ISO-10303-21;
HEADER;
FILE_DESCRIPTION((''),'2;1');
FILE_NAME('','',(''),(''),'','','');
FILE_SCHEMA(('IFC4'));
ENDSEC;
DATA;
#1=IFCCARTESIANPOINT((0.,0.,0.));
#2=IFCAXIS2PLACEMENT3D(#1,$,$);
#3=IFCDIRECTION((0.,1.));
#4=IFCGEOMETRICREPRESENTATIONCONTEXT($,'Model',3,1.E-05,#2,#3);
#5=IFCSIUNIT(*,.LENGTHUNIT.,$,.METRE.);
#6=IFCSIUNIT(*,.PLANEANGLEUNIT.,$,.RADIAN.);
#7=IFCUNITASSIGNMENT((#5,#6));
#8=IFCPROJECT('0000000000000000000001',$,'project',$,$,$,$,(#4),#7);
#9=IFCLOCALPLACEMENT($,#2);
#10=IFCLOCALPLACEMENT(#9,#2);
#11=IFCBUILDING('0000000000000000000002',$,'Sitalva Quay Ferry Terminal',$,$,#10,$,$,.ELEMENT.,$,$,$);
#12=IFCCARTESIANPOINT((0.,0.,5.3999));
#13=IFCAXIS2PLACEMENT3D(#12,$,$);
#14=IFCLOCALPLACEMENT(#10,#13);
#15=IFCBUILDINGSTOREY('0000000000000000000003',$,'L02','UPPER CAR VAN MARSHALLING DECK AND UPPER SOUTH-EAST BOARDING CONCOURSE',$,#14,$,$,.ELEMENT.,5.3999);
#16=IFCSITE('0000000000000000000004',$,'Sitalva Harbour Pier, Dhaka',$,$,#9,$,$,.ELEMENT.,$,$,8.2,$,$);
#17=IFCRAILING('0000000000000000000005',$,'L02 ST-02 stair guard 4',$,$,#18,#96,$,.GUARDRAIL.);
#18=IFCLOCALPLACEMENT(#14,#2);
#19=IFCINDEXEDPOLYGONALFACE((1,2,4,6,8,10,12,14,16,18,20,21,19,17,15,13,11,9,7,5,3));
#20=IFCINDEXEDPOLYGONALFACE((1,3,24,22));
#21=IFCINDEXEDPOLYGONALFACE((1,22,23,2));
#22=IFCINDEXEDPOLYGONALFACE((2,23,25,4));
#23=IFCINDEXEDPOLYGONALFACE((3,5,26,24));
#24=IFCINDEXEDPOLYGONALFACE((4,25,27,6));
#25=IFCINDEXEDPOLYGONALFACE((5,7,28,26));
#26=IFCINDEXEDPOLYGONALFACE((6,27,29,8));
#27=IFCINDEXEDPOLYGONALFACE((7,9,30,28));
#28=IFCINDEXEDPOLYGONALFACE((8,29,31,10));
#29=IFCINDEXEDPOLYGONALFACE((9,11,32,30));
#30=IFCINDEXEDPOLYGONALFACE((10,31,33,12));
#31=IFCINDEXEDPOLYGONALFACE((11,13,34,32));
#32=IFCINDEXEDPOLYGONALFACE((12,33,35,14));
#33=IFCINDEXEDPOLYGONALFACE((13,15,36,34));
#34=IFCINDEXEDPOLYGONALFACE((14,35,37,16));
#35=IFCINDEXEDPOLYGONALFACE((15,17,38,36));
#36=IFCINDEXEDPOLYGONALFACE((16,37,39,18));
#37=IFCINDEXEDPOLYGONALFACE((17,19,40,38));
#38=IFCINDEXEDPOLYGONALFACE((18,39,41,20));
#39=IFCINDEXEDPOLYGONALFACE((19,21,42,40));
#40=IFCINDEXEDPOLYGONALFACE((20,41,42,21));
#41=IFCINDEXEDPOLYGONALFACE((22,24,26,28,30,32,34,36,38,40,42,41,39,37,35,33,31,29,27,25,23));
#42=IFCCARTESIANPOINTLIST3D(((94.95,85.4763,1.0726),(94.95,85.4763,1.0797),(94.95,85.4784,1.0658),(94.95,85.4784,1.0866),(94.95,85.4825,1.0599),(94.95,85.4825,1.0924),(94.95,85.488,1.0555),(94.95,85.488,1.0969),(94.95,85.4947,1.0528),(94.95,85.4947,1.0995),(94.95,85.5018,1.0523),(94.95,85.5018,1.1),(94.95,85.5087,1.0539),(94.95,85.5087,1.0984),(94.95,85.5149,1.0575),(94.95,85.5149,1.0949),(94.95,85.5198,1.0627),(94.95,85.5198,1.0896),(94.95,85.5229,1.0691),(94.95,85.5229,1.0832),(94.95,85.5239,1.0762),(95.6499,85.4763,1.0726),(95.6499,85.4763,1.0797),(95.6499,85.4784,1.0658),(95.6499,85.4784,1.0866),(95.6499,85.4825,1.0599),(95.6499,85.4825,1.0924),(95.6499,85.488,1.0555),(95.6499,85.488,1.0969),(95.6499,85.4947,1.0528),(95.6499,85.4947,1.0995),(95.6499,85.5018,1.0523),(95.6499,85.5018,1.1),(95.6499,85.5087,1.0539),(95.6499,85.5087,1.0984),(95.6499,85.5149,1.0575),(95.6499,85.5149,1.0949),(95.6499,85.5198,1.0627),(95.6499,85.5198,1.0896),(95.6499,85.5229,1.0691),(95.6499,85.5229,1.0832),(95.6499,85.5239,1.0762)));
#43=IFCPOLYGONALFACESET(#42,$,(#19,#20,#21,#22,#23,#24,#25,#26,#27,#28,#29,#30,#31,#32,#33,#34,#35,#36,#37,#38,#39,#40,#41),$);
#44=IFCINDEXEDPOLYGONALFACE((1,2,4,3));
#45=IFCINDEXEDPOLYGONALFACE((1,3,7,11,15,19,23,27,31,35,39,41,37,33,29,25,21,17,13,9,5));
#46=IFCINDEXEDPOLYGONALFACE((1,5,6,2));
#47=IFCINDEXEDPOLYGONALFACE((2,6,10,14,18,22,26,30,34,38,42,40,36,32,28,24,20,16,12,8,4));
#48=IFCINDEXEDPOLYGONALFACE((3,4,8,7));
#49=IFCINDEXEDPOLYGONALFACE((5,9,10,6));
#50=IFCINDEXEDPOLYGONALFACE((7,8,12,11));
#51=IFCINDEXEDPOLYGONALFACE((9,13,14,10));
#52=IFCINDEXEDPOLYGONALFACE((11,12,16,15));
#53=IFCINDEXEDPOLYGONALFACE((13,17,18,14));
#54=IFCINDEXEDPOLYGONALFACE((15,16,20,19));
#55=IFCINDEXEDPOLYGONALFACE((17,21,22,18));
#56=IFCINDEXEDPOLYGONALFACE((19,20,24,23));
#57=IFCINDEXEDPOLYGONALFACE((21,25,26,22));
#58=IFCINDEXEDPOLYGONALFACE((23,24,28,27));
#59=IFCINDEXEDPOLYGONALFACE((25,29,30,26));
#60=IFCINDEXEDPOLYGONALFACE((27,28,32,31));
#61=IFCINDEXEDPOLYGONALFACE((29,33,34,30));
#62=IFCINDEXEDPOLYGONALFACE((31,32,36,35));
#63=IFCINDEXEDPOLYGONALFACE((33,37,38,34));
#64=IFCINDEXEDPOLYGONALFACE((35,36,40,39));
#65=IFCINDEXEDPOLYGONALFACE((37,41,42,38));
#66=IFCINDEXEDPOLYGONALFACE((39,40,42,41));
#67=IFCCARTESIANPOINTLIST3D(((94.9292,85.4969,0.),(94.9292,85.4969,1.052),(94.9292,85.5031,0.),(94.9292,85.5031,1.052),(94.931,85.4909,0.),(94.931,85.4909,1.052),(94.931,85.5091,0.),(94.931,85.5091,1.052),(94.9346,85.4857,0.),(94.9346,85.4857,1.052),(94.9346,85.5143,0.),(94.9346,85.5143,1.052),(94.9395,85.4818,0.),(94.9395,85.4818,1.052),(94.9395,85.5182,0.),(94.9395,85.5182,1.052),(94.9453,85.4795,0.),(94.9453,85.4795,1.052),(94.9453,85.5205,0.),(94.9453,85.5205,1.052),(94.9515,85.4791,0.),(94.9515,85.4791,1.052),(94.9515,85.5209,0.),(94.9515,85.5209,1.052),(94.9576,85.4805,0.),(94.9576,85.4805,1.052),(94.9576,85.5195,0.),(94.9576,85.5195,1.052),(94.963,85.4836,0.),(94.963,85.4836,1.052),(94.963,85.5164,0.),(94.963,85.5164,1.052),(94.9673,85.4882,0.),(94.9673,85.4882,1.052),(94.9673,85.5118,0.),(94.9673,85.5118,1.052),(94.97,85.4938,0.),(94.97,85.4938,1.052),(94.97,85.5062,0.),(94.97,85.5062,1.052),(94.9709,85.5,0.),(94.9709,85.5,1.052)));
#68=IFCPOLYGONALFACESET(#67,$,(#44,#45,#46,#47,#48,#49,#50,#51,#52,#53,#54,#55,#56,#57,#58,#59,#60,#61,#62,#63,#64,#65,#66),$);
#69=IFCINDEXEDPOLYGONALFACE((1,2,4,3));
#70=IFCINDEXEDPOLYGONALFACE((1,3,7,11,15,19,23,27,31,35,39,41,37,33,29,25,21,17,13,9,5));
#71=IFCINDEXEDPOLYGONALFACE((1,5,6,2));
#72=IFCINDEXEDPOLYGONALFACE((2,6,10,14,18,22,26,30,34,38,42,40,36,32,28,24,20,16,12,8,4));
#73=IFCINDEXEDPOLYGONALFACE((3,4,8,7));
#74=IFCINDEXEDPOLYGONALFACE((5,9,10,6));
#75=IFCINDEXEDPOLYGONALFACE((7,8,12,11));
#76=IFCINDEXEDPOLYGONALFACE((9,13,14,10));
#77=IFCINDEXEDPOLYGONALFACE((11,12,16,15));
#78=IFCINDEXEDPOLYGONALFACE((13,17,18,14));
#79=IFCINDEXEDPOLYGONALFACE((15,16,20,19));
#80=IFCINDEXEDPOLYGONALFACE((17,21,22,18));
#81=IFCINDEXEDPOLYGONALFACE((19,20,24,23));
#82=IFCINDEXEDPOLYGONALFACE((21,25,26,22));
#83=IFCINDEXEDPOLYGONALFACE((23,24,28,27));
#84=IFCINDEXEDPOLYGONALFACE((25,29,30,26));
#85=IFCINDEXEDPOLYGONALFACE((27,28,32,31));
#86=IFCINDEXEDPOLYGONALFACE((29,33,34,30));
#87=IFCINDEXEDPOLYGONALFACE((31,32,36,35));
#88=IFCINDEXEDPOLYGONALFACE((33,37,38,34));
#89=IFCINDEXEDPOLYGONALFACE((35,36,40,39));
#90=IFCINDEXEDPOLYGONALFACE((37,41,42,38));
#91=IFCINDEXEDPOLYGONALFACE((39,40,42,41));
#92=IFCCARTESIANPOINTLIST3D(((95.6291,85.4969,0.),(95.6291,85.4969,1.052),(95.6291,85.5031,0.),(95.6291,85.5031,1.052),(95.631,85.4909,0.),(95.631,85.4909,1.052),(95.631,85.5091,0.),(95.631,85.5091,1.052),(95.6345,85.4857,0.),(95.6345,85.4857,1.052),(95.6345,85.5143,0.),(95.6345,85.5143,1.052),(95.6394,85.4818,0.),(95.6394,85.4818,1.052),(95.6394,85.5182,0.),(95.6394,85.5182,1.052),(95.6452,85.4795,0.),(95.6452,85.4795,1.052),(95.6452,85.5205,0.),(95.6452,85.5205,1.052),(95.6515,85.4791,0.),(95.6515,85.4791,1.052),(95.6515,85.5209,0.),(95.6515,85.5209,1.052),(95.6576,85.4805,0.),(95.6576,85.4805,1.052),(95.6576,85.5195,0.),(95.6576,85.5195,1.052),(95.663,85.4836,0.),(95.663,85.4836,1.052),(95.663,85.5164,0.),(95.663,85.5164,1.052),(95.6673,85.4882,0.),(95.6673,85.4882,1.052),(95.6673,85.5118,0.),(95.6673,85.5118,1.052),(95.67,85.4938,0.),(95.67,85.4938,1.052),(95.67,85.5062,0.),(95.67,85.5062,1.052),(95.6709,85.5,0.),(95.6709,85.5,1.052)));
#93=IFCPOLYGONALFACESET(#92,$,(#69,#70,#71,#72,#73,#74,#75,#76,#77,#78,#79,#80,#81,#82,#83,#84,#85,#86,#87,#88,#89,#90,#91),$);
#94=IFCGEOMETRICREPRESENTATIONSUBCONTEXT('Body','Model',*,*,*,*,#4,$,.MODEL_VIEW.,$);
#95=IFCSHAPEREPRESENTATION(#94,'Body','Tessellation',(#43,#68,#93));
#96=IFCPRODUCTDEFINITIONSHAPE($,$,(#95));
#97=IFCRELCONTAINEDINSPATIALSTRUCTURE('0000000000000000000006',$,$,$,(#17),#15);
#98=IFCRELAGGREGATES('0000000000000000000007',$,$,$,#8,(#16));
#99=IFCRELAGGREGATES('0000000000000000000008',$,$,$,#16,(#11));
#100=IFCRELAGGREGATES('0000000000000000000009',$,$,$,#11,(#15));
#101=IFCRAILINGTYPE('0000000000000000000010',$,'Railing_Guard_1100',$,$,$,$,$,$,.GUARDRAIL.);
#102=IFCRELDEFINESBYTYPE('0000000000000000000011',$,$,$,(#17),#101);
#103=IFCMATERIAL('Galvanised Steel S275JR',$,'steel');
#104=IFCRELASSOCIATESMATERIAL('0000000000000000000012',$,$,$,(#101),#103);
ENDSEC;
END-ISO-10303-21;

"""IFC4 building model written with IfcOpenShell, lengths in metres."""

from ifc_helpers import new_model, si_unit, direction, frame, origin, origin_2d, place, context, subcontext, project, spatial, circle, extrude, material, type_object, element, save


model = new_model("IFC4")

# Units and contexts
model_context = context("Model", 3, precision=1e-05, world=origin(), true_north=direction((0.0, 1.0)))
body_context = subcontext(model_context, "Body", "Model", "MODEL_VIEW")
ifc_project = project(units=[si_unit("LENGTHUNIT", "METRE"), si_unit("PLANEANGLEUNIT", "RADIAN")], contexts=[model_context])

# Site, building, storey
site_placement = place(None, origin())
site = spatial("IfcSite", under=ifc_project, at=site_placement, Name="Sitalva Harbour Pier, Dhaka", CompositionType="ELEMENT", RefElevation=8.2)
building_placement = place(site_placement, origin())
building = spatial("IfcBuilding", under=site, at=building_placement, Name="Sitalva Quay Ferry Terminal", CompositionType="ELEMENT")
storey_placement = place(building_placement, frame((0.0, 0.0, 5.3999)))
storey = spatial("IfcBuildingStorey", under=building, at=storey_placement, Name="L02", Description="UPPER CAR VAN MARSHALLING DECK AND UPPER SOUTH-EAST BOARDING CONCOURSE", CompositionType="ELEMENT", Elevation=5.3999)

# Railing
ifc_material_1 = material(Name="Galvanised Steel S275JR", Category="steel")
railing_type = type_object("IfcRailingType", Name="Railing_Guard_1100", PredefinedType="GUARDRAIL", material=ifc_material_1)
railing_1_placement = place(storey_placement, frame((94.95, 85.5, 0.0)))
element("IfcRailing", 1, at=railing_1_placement, inside=storey, type_object=railing_type, Name="L02 ST-02 stair guard 4", PredefinedType="GUARDRAIL", context=body_context, shape_type="SweptSolid", body=[
    extrude(circle(Radius=0.0239, at=origin_2d()), frame((0.0, 0.0, 1.0762), z_axis=(1.0, 0.0, 0.0), x_axis=(0.0, 1.0, 0.0)), (0.0, 0.0, 1.0), 0.7),
    extrude(circle(Radius=0.021, at=origin_2d()), origin(), (0.0, 0.0, 1.0), 1.052),
    extrude(circle(Radius=0.021, at=origin_2d()), frame((0.7, 0.0, 0.0)), (0.0, 0.0, 1.0), 1.052),
])

save(model, "model.ifc")
